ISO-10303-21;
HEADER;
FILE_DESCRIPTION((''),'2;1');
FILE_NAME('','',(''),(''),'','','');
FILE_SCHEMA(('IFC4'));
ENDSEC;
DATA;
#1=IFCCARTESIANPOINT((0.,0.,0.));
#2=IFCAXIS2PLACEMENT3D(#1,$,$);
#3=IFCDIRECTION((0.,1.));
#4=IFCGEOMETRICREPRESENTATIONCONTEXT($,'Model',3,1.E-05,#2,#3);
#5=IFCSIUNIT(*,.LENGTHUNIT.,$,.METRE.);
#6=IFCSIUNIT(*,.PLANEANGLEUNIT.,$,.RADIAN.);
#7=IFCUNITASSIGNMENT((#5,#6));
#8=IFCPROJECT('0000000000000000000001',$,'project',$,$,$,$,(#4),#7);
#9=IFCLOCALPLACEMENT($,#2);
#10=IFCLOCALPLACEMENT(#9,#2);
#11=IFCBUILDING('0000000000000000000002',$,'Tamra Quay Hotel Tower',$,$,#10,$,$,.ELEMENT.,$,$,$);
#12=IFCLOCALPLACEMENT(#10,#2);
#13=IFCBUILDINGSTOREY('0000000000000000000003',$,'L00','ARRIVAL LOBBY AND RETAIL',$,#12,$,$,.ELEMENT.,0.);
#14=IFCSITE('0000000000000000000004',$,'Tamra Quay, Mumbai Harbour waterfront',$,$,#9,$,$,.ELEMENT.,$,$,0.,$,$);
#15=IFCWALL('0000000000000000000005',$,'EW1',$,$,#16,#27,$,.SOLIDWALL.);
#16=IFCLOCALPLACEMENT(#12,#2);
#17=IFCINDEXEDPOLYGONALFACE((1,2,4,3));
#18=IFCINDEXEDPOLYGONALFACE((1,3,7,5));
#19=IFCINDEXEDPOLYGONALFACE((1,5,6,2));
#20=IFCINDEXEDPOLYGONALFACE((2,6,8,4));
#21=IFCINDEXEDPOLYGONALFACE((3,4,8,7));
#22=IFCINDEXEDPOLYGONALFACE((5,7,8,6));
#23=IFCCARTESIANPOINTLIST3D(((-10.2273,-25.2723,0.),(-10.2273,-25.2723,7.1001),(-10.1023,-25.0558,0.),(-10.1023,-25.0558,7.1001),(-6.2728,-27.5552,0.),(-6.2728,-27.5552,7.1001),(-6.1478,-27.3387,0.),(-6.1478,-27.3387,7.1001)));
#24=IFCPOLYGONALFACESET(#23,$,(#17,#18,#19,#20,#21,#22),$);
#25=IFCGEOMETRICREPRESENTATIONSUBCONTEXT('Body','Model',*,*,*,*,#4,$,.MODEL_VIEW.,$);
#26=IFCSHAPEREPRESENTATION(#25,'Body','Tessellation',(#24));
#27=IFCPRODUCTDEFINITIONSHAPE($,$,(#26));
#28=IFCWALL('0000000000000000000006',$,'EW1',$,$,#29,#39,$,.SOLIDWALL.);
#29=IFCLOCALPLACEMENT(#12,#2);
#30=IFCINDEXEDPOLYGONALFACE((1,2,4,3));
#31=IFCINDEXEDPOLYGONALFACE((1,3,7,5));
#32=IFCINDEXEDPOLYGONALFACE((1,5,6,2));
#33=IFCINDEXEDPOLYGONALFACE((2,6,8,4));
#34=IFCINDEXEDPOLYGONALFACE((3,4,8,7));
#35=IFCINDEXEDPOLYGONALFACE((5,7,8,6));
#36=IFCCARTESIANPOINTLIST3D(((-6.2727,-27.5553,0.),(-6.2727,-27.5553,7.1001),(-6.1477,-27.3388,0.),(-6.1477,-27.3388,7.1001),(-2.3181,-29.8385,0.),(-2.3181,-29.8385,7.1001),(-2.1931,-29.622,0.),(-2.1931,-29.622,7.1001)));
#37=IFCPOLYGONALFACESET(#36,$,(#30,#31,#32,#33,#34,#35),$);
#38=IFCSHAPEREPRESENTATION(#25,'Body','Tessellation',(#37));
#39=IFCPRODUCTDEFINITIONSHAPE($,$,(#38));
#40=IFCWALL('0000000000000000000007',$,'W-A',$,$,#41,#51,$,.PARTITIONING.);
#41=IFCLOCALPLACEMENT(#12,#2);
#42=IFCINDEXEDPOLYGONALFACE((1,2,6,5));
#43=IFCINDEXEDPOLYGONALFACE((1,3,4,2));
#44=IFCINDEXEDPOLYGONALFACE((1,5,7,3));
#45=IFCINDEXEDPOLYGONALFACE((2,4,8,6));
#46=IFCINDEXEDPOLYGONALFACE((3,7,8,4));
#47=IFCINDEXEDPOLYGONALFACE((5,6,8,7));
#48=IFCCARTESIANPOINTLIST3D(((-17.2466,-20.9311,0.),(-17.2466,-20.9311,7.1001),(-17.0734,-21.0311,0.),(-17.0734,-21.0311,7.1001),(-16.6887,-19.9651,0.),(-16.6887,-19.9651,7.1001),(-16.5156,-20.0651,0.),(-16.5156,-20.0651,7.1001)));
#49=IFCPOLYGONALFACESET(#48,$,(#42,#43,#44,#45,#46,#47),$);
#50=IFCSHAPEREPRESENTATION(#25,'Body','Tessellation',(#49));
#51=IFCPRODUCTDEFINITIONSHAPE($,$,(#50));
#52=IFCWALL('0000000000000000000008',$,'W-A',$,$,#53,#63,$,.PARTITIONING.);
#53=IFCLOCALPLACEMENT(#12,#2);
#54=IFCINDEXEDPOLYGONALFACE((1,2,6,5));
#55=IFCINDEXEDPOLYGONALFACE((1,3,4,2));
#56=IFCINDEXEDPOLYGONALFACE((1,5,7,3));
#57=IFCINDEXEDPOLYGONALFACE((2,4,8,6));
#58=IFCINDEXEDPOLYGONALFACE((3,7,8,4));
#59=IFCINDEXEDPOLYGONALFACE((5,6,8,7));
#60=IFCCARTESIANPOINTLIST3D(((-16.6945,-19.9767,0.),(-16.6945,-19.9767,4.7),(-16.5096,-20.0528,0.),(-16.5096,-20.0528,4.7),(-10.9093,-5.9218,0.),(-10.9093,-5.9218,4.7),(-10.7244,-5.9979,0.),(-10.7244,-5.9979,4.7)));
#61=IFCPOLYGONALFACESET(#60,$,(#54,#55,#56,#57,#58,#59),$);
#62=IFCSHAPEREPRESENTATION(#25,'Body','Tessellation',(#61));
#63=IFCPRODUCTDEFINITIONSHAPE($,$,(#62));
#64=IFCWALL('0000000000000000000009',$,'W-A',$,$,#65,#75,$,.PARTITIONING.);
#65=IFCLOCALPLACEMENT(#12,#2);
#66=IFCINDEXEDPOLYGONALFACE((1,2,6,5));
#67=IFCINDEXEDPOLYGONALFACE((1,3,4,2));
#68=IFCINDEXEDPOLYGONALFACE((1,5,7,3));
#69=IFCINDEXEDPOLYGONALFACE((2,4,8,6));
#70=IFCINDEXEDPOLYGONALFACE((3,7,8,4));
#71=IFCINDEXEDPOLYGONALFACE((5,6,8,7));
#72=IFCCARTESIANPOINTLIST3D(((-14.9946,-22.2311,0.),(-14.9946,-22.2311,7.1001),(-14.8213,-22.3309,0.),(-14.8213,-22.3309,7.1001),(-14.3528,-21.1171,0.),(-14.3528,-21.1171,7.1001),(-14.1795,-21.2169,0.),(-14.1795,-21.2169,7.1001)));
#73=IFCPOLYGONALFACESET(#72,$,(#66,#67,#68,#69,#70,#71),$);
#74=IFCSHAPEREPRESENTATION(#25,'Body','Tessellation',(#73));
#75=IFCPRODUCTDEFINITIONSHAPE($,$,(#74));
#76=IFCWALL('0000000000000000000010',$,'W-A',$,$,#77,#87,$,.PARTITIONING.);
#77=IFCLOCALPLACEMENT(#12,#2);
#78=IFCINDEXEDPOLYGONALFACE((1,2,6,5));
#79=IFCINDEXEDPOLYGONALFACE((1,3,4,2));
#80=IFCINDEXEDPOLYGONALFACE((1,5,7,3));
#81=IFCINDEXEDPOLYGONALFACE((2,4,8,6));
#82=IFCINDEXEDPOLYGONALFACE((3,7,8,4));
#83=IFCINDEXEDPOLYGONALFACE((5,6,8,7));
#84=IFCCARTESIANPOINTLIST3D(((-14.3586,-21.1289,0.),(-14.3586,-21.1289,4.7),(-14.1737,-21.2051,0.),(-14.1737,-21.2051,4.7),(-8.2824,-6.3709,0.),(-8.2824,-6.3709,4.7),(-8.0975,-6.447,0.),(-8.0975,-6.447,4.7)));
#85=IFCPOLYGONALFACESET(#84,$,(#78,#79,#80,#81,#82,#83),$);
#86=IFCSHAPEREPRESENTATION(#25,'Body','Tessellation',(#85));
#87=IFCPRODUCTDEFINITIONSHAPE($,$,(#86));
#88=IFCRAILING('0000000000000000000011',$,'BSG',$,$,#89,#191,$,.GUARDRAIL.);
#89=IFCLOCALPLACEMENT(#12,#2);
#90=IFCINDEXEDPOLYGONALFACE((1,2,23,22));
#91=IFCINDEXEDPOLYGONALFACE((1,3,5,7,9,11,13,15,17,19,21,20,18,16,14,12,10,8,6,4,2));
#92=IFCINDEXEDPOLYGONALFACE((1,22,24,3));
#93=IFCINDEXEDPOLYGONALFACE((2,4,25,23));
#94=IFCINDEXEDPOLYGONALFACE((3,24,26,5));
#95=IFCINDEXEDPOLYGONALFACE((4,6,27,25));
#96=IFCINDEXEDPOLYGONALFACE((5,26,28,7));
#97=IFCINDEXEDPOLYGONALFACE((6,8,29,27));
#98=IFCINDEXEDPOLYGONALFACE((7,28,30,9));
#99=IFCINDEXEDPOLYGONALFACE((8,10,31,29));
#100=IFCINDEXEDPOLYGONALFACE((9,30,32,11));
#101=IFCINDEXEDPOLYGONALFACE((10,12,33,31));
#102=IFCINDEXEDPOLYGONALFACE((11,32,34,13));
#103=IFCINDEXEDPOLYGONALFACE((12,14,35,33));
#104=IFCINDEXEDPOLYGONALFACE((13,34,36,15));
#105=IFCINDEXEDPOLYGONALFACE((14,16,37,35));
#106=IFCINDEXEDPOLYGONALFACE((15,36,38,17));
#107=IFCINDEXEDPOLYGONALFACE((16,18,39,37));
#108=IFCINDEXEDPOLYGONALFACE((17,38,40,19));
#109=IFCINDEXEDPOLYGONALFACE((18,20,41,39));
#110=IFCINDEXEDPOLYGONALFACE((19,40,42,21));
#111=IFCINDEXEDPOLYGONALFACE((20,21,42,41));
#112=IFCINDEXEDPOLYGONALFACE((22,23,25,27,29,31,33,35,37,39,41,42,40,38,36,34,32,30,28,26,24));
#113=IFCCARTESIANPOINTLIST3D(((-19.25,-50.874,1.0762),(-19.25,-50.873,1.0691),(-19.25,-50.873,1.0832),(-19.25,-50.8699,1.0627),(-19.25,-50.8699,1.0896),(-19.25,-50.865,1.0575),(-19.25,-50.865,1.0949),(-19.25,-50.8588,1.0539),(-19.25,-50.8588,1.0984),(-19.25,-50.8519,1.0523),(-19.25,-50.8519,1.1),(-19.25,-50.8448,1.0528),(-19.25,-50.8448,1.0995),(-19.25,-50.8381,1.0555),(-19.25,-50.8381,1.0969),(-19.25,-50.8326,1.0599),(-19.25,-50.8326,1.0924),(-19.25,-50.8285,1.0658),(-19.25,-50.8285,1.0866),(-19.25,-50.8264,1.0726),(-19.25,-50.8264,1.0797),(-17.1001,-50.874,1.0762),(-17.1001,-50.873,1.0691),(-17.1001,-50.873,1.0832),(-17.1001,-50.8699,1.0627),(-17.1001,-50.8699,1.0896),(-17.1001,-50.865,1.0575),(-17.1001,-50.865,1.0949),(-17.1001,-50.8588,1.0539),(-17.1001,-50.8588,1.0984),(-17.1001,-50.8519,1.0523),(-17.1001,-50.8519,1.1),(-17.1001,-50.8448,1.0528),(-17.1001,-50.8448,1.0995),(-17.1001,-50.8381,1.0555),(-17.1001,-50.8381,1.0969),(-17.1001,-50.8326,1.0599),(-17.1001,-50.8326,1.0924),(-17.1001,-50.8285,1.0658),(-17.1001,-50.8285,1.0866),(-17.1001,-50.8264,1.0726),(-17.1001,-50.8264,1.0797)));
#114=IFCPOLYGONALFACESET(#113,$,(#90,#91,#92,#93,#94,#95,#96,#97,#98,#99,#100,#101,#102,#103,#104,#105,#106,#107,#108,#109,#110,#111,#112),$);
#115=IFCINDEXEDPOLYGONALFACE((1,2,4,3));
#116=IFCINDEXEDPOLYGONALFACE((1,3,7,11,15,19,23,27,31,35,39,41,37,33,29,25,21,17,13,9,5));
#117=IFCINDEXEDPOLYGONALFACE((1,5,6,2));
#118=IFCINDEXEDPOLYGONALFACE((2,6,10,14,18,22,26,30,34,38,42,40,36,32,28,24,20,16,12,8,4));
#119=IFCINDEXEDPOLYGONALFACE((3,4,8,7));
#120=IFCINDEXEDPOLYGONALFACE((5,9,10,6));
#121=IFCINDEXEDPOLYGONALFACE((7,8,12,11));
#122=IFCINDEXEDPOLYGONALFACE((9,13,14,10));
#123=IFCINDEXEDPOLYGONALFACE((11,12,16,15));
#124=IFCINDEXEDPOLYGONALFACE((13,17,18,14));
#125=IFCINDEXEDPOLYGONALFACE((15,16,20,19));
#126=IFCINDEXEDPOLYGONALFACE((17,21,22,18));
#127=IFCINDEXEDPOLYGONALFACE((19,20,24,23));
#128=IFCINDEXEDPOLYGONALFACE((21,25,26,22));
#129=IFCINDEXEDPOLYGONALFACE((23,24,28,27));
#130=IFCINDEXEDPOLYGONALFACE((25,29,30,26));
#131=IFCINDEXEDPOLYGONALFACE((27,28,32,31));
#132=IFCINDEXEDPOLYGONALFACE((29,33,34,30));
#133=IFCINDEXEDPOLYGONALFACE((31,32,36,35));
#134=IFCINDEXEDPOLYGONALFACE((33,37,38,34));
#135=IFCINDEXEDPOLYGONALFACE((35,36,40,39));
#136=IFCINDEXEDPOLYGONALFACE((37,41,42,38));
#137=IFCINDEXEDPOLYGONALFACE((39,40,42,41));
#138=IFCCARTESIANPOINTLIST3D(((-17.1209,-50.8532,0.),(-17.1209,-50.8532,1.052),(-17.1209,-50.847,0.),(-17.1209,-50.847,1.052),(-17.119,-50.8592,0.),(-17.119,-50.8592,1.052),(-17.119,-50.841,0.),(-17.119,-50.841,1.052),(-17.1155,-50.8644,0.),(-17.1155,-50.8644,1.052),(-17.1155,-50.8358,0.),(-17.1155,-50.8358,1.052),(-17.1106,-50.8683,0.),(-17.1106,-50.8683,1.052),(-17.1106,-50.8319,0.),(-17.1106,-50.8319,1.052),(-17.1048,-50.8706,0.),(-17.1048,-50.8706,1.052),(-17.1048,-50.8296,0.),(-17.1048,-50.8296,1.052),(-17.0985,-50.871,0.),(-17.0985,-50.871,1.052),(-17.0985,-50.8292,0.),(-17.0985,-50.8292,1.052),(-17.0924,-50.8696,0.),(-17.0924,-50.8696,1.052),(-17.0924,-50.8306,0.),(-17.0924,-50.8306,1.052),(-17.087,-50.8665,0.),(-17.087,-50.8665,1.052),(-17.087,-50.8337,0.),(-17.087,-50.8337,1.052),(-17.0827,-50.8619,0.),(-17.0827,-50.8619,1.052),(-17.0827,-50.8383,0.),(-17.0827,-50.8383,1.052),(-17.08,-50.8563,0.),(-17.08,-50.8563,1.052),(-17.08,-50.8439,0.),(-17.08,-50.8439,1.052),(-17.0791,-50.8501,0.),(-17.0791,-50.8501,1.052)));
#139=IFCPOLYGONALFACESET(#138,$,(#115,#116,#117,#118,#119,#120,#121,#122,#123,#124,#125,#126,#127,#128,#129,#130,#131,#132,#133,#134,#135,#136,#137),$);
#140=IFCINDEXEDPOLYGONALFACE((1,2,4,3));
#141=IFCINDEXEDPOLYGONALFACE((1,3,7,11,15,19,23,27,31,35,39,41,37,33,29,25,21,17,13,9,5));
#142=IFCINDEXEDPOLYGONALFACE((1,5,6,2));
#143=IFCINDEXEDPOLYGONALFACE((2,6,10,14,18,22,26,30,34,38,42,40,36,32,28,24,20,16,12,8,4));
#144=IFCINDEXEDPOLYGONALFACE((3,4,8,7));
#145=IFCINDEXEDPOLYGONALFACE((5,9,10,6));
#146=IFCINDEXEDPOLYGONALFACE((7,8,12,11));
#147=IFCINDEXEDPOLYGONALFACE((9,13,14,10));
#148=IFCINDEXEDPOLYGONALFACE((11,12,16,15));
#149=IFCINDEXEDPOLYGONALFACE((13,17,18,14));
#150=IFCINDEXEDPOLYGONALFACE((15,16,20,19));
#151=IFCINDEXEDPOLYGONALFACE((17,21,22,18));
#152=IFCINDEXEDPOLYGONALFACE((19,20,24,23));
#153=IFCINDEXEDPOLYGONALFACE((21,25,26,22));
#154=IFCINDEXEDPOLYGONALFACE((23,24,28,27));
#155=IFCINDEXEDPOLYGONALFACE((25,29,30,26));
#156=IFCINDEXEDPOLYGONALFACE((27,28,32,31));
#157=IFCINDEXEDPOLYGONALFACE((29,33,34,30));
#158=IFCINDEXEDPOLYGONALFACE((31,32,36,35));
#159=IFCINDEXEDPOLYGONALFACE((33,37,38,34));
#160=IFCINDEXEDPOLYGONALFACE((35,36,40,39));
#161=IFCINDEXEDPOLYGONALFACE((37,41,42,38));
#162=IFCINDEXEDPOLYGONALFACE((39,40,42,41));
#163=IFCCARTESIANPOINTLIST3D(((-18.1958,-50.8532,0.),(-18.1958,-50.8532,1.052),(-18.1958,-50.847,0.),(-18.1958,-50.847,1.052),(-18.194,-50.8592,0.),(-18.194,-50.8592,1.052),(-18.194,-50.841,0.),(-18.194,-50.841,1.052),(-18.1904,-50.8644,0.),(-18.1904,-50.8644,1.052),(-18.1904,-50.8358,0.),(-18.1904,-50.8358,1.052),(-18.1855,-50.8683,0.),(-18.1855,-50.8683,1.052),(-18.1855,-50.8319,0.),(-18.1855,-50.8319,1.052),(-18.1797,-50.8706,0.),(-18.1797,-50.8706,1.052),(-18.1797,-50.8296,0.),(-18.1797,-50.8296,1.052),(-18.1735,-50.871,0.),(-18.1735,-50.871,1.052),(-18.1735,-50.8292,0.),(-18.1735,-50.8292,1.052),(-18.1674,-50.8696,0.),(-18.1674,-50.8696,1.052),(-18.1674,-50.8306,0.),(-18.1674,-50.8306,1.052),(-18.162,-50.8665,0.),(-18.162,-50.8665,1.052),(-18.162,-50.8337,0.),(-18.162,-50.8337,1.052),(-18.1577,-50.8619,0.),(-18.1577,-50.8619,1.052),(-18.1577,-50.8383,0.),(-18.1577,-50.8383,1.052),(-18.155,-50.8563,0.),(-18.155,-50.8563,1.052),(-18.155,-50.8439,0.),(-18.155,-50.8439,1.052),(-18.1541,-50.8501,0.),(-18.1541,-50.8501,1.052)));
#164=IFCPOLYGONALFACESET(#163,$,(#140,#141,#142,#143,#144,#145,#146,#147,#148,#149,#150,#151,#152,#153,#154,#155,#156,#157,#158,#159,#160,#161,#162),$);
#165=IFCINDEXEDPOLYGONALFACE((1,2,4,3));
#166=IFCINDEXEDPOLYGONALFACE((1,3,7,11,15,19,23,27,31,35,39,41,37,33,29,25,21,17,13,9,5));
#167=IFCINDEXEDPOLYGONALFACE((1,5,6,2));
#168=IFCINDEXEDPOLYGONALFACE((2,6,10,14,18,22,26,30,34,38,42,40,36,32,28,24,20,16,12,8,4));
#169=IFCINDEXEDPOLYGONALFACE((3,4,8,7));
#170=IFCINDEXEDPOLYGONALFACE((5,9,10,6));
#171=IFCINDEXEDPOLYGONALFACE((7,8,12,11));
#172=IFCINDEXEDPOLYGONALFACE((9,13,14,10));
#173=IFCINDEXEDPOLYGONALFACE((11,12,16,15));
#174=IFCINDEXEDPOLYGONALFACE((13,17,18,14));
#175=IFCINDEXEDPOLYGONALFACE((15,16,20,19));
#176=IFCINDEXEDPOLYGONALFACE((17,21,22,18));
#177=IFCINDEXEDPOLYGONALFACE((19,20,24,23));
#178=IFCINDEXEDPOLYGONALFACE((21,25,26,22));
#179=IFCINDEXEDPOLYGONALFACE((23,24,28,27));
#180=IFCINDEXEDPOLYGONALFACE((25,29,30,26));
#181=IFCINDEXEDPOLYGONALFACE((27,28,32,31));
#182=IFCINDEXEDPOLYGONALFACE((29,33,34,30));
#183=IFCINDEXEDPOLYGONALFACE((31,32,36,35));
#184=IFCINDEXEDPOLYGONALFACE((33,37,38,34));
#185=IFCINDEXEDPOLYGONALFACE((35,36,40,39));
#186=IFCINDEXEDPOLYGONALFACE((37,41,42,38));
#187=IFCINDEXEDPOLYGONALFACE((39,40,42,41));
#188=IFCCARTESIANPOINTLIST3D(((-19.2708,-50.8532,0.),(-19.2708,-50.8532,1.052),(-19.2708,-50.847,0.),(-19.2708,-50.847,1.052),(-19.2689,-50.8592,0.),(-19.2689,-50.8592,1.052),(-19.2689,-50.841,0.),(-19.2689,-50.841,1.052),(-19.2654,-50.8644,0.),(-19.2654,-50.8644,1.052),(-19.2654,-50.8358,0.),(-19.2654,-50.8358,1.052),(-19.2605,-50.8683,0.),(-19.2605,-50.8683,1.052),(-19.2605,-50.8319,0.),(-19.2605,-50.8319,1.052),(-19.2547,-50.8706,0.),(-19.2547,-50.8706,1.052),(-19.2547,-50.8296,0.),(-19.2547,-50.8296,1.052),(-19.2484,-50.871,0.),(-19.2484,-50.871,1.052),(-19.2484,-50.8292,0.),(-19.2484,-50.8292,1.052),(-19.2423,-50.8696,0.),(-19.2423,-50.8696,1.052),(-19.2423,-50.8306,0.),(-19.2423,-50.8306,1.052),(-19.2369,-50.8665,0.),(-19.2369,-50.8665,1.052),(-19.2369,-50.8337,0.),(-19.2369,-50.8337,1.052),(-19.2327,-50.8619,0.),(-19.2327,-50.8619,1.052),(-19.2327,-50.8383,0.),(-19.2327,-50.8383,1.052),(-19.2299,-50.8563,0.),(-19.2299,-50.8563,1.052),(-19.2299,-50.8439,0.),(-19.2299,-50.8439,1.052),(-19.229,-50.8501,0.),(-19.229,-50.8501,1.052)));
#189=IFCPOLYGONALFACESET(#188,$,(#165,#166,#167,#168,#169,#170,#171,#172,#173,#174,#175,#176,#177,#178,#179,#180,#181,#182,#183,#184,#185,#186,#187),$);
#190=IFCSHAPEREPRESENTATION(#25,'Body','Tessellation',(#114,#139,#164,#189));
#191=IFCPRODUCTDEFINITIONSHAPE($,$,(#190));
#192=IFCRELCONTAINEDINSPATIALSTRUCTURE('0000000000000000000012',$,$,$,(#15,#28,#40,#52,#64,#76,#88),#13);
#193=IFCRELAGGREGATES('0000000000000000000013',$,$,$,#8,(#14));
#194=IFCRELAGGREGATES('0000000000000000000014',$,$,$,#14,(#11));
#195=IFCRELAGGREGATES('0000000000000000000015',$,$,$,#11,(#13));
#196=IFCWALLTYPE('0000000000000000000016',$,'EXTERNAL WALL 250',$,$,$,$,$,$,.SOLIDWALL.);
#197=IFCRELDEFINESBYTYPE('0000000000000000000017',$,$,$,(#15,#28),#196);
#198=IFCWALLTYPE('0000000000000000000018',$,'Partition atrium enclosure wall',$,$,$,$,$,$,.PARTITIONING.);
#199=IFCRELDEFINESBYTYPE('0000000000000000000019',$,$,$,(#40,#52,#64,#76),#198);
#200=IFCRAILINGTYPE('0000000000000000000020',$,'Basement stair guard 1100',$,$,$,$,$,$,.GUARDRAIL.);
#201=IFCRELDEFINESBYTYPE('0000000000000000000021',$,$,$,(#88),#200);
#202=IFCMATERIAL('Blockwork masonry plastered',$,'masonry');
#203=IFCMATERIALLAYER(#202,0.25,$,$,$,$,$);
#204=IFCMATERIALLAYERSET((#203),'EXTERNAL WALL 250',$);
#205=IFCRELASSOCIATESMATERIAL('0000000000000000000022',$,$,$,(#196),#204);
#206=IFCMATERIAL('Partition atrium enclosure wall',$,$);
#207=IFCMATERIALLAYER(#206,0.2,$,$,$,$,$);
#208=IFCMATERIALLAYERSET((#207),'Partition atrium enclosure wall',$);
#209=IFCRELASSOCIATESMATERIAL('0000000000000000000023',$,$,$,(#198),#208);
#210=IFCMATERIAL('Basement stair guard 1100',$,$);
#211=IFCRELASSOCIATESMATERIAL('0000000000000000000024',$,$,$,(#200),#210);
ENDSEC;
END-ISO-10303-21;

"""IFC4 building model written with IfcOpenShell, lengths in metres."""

from ifc_helpers import new_model, si_unit, direction, frame, frame_2d, origin, origin_2d, place, context, subcontext, project, spatial, rectangle, circle, extrude, material, layer, layer_set, type_object, element, save


model = new_model("IFC4")

# Units and contexts
model_context = context("Model", 3, precision=1e-05, world=origin(), true_north=direction((0.0, 1.0)))
body_context = subcontext(model_context, "Body", "Model", "MODEL_VIEW")
ifc_project = project(units=[si_unit("LENGTHUNIT", "METRE"), si_unit("PLANEANGLEUNIT", "RADIAN")], contexts=[model_context])

# Site, building, storey
site_placement = place(None, origin())
site = spatial("IfcSite", under=ifc_project, at=site_placement, Name="Tamra Quay, Mumbai Harbour waterfront", CompositionType="ELEMENT", RefElevation=0.0)
building_placement = place(site_placement, origin())
building = spatial("IfcBuilding", under=site, at=building_placement, Name="Tamra Quay Hotel Tower", CompositionType="ELEMENT")
storey_placement = place(building_placement, origin())
storey = spatial("IfcBuildingStorey", under=building, at=storey_placement, Name="L00", Description="ARRIVAL LOBBY AND RETAIL", CompositionType="ELEMENT", Elevation=0.0)

# Shared definitions
ifc_material_1 = material(Name="Blockwork masonry plastered", Category="masonry")
ifc_layer_1 = layer(ifc_material_1, 0.25)
ifc_layer_set_1 = layer_set([ifc_layer_1], Name="EXTERNAL WALL 250")
wall_type_1 = type_object("IfcWallType", Name="EXTERNAL WALL 250", PredefinedType="SOLIDWALL", material=ifc_layer_set_1)

# Walls
wall_1_placement = place(storey_placement, frame((-6.2102, -27.447, 0.0), z_axis=(0.0, 0.0, 1.0), x_axis=(-0.866047, 0.499963, 0.0)))
element("IfcWall", 1, at=wall_1_placement, inside=storey, type_object=wall_type_1, Name="EW1", PredefinedType="SOLIDWALL", context=body_context, shape_type="SweptSolid", body=[
    extrude(rectangle(XDim=4.5662, YDim=0.25, at=frame_2d((2.2832, 0.0))), origin(), (0.0, 0.0, 1.0), 7.1001),
])
wall_2_placement = place(storey_placement, frame((-2.2556, -29.7302, 0.0), z_axis=(0.0, 0.0, 1.0), x_axis=(-0.866024, 0.500003, 0.0)))
element("IfcWall", 2, at=wall_2_placement, inside=storey, type_object=wall_type_1, Name="EW1", PredefinedType="SOLIDWALL", context=body_context, shape_type="SweptSolid", body=[
    extrude(rectangle(XDim=4.5664, YDim=0.25, at=frame_2d((2.2832, 0.0))), origin(), (0.0, 0.0, 1.0), 7.1001),
])
ifc_material_2 = material(Name="Partition atrium enclosure wall")
ifc_layer_2 = layer(ifc_material_2, 0.2)
ifc_layer_set_2 = layer_set([ifc_layer_2], Name="Partition atrium enclosure wall")
wall_type_2 = type_object("IfcWallType", Name="Partition atrium enclosure wall", PredefinedType="PARTITIONING", material=ifc_layer_set_2)
wall_3_placement = place(storey_placement, frame((-17.1599, -20.981, 0.0), z_axis=(0.0, 0.0, 1.0), x_axis=(0.50007, 0.865985, 0.0)))
element("IfcWall", 3, at=wall_3_placement, inside=storey, type_object=wall_type_2, Name="W-A", PredefinedType="PARTITIONING", context=body_context, shape_type="SweptSolid", body=[
    extrude(rectangle(XDim=1.1155, YDim=0.2, at=frame_2d((0.5576, 0.0))), origin(), (0.0, 0.0, 1.0), 7.1001),
])
wall_4_placement = place(storey_placement, frame((-16.6021, -20.0149, 0.0), z_axis=(0.0, 0.0, 1.0), x_axis=(0.380628, 0.924728, 0.0)))
element("IfcWall", 4, at=wall_4_placement, inside=storey, type_object=wall_type_2, Name="W-A", PredefinedType="PARTITIONING", context=body_context, shape_type="SweptSolid", body=[
    extrude(rectangle(XDim=15.199, YDim=0.2, at=frame_2d((7.5996, 0.0))), origin(), (0.0, 0.0, 1.0), 4.7),
])
wall_5_placement = place(storey_placement, frame((-14.908, -22.281, 0.0), z_axis=(0.0, 0.0, 1.0), x_axis=(0.499224, 0.866473, 0.0)))
element("IfcWall", 5, at=wall_5_placement, inside=storey, type_object=wall_type_2, Name="W-A", PredefinedType="PARTITIONING", context=body_context, shape_type="SweptSolid", body=[
    extrude(rectangle(XDim=1.2856, YDim=0.2, at=frame_2d((0.6428, 0.0))), origin(), (0.0, 0.0, 1.0), 7.1001),
])
wall_6_placement = place(storey_placement, frame((-14.2661, -21.167, 0.0), z_axis=(0.0, 0.0, 1.0), x_axis=(0.380714, 0.924693, 0.0)))
element("IfcWall", 6, at=wall_6_placement, inside=storey, type_object=wall_type_2, Name="W-A", PredefinedType="PARTITIONING", context=body_context, shape_type="SweptSolid", body=[
    extrude(rectangle(XDim=15.96, YDim=0.2, at=frame_2d((7.98, 0.0))), origin(), (0.0, 0.0, 1.0), 4.7),
])

# Railing
ifc_material_3 = material(Name="Basement stair guard 1100")
railing_type = type_object("IfcRailingType", Name="Basement stair guard 1100", PredefinedType="GUARDRAIL", material=ifc_material_3)
railing_placement = place(storey_placement, frame((-17.1001, -50.8501, 0.0)))
element("IfcRailing", 7, at=railing_placement, inside=storey, type_object=railing_type, Name="BSG", PredefinedType="GUARDRAIL", context=body_context, shape_type="SweptSolid", body=[
    extrude(circle(Radius=0.0239, at=origin_2d()), frame((0.0, 0.0, 1.0762), z_axis=(-1.0, 0.0, 0.0), x_axis=(0.0, -1.0, 0.0)), (0.0, 0.0, 1.0), 2.1499),
    extrude(circle(Radius=0.021, at=origin_2d()), origin(), (0.0, 0.0, 1.0), 1.052),
    extrude(circle(Radius=0.021, at=origin_2d()), frame((-1.075, 0.0, 0.0)), (0.0, 0.0, 1.0), 1.052),
    extrude(circle(Radius=0.021, at=origin_2d()), frame((-2.1499, 0.0, 0.0)), (0.0, 0.0, 1.0), 1.052),
])

save(model, "model.ifc")
